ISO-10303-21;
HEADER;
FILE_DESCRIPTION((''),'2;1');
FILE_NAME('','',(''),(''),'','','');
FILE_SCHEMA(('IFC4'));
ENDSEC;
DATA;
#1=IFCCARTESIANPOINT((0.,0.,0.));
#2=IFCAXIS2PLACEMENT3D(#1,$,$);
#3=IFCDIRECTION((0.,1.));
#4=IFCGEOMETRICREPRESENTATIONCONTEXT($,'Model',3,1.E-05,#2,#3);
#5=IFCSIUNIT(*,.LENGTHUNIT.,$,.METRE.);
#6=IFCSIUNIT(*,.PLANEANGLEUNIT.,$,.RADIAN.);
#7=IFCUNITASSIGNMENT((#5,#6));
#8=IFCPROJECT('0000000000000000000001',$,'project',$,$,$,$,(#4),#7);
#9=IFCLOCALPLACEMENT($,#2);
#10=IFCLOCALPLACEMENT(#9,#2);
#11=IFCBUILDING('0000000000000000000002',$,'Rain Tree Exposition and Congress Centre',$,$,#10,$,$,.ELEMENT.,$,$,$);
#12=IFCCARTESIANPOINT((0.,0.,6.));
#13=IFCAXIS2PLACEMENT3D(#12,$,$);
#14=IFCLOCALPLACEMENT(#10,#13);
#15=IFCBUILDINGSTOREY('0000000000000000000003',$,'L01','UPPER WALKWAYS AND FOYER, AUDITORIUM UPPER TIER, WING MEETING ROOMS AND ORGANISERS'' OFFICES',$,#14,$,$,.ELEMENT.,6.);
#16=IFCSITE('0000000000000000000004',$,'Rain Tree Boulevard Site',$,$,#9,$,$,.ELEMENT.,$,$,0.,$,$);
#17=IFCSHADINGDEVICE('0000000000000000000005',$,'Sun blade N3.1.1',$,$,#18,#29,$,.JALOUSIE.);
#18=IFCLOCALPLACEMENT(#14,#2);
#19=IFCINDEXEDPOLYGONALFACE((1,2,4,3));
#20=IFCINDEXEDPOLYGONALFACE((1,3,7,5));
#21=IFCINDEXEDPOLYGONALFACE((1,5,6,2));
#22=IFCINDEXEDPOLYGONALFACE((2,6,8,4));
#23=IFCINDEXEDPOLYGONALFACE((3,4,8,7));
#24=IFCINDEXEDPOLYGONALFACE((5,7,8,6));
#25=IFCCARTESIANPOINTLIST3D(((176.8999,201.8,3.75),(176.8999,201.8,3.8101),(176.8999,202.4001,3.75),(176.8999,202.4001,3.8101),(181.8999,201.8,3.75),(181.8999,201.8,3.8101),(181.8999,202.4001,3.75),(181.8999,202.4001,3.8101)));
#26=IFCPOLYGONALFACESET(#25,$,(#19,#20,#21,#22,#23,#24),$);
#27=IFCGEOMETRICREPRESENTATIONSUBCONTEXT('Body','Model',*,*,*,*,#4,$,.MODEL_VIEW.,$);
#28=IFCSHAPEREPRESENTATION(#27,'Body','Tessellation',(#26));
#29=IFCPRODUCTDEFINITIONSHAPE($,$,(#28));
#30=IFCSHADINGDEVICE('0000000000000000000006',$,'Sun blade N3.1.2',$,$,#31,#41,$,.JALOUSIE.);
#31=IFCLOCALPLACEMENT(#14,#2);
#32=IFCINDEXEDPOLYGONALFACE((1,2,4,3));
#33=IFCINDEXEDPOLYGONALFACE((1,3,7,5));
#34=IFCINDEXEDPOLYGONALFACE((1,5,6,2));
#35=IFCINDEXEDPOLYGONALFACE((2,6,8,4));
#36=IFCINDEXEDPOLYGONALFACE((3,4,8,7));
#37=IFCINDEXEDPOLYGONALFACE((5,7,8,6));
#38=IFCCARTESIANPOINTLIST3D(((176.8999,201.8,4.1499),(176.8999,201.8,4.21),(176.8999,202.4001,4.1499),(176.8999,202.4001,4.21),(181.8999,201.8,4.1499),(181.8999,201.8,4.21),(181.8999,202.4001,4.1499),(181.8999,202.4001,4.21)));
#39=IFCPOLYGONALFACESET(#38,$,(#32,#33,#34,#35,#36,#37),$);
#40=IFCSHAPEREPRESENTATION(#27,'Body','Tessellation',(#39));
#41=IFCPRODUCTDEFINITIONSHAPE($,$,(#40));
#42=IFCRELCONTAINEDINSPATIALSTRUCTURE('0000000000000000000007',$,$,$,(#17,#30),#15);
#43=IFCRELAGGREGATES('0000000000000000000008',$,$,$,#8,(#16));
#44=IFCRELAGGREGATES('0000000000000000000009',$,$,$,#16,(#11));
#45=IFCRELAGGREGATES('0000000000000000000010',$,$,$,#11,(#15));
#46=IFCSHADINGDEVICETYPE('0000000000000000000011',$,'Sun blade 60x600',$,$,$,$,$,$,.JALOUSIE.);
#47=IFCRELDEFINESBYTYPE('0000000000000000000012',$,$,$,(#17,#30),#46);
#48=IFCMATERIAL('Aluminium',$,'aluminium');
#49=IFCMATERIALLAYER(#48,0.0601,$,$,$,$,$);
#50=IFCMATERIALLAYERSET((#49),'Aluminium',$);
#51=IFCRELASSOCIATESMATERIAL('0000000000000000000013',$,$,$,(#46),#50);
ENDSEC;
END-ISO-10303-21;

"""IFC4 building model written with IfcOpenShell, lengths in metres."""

from ifc_helpers import new_model, si_unit, direction, frame, origin, origin_2d, place, context, subcontext, project, spatial, rectangle, extrude, material, layer, layer_set, type_object, element, save


model = new_model("IFC4")

# Units and contexts
model_context = context("Model", 3, precision=1e-05, world=origin(), true_north=direction((0.0, 1.0)))
body_context = subcontext(model_context, "Body", "Model", "MODEL_VIEW")
ifc_project = project(units=[si_unit("LENGTHUNIT", "METRE"), si_unit("PLANEANGLEUNIT", "RADIAN")], contexts=[model_context])

# Site, building, storey
site_placement = place(None, origin())
site = spatial("IfcSite", under=ifc_project, at=site_placement, Name="Rain Tree Boulevard Site", CompositionType="ELEMENT", RefElevation=0.0)
building_placement = place(site_placement, origin())
building = spatial("IfcBuilding", under=site, at=building_placement, Name="Rain Tree Exposition and Congress Centre", CompositionType="ELEMENT")
storey_placement = place(building_placement, frame((0.0, 0.0, 6.0)))
storey = spatial("IfcBuildingStorey", under=building, at=storey_placement, Name="L01", Description="UPPER WALKWAYS AND FOYER, AUDITORIUM UPPER TIER, WING MEETING ROOMS AND ORGANISERS' OFFICES", CompositionType="ELEMENT", Elevation=6.0)

# Shading devices
ifc_material_1 = material(Name="Aluminium", Category="aluminium")
ifc_layer_1 = layer(ifc_material_1, 0.0601)
ifc_layer_set_1 = layer_set([ifc_layer_1], Name="Aluminium")
shading_device_type = type_object("IfcShadingDeviceType", Name="Sun blade 60x600", PredefinedType="JALOUSIE", material=ifc_layer_set_1)
for number, where, z_axis, x_axis, name in (
    (1, (179.3999, 202.1001, 3.75), (0.0, 0.0, 1.0), (1.0, 0.0, 0.0), "Sun blade N3.1.1"),
    (2, (179.3999, 202.1001, 4.1499), (0.0, 0.0, 1.0), (1.0, 0.0, 0.0), "Sun blade N3.1.2"),
):
    element("IfcShadingDevice", number, at=place(storey_placement, frame(where, z_axis=z_axis, x_axis=x_axis)), inside=storey, type_object=shading_device_type, Name=name, PredefinedType="JALOUSIE", context=body_context, shape_type="SweptSolid", body=[
        extrude(rectangle(XDim=5.0, YDim=0.6001, at=origin_2d()), origin(), (0.0, 0.0, 1.0), 0.0601),
    ])

save(model, "model.ifc")
